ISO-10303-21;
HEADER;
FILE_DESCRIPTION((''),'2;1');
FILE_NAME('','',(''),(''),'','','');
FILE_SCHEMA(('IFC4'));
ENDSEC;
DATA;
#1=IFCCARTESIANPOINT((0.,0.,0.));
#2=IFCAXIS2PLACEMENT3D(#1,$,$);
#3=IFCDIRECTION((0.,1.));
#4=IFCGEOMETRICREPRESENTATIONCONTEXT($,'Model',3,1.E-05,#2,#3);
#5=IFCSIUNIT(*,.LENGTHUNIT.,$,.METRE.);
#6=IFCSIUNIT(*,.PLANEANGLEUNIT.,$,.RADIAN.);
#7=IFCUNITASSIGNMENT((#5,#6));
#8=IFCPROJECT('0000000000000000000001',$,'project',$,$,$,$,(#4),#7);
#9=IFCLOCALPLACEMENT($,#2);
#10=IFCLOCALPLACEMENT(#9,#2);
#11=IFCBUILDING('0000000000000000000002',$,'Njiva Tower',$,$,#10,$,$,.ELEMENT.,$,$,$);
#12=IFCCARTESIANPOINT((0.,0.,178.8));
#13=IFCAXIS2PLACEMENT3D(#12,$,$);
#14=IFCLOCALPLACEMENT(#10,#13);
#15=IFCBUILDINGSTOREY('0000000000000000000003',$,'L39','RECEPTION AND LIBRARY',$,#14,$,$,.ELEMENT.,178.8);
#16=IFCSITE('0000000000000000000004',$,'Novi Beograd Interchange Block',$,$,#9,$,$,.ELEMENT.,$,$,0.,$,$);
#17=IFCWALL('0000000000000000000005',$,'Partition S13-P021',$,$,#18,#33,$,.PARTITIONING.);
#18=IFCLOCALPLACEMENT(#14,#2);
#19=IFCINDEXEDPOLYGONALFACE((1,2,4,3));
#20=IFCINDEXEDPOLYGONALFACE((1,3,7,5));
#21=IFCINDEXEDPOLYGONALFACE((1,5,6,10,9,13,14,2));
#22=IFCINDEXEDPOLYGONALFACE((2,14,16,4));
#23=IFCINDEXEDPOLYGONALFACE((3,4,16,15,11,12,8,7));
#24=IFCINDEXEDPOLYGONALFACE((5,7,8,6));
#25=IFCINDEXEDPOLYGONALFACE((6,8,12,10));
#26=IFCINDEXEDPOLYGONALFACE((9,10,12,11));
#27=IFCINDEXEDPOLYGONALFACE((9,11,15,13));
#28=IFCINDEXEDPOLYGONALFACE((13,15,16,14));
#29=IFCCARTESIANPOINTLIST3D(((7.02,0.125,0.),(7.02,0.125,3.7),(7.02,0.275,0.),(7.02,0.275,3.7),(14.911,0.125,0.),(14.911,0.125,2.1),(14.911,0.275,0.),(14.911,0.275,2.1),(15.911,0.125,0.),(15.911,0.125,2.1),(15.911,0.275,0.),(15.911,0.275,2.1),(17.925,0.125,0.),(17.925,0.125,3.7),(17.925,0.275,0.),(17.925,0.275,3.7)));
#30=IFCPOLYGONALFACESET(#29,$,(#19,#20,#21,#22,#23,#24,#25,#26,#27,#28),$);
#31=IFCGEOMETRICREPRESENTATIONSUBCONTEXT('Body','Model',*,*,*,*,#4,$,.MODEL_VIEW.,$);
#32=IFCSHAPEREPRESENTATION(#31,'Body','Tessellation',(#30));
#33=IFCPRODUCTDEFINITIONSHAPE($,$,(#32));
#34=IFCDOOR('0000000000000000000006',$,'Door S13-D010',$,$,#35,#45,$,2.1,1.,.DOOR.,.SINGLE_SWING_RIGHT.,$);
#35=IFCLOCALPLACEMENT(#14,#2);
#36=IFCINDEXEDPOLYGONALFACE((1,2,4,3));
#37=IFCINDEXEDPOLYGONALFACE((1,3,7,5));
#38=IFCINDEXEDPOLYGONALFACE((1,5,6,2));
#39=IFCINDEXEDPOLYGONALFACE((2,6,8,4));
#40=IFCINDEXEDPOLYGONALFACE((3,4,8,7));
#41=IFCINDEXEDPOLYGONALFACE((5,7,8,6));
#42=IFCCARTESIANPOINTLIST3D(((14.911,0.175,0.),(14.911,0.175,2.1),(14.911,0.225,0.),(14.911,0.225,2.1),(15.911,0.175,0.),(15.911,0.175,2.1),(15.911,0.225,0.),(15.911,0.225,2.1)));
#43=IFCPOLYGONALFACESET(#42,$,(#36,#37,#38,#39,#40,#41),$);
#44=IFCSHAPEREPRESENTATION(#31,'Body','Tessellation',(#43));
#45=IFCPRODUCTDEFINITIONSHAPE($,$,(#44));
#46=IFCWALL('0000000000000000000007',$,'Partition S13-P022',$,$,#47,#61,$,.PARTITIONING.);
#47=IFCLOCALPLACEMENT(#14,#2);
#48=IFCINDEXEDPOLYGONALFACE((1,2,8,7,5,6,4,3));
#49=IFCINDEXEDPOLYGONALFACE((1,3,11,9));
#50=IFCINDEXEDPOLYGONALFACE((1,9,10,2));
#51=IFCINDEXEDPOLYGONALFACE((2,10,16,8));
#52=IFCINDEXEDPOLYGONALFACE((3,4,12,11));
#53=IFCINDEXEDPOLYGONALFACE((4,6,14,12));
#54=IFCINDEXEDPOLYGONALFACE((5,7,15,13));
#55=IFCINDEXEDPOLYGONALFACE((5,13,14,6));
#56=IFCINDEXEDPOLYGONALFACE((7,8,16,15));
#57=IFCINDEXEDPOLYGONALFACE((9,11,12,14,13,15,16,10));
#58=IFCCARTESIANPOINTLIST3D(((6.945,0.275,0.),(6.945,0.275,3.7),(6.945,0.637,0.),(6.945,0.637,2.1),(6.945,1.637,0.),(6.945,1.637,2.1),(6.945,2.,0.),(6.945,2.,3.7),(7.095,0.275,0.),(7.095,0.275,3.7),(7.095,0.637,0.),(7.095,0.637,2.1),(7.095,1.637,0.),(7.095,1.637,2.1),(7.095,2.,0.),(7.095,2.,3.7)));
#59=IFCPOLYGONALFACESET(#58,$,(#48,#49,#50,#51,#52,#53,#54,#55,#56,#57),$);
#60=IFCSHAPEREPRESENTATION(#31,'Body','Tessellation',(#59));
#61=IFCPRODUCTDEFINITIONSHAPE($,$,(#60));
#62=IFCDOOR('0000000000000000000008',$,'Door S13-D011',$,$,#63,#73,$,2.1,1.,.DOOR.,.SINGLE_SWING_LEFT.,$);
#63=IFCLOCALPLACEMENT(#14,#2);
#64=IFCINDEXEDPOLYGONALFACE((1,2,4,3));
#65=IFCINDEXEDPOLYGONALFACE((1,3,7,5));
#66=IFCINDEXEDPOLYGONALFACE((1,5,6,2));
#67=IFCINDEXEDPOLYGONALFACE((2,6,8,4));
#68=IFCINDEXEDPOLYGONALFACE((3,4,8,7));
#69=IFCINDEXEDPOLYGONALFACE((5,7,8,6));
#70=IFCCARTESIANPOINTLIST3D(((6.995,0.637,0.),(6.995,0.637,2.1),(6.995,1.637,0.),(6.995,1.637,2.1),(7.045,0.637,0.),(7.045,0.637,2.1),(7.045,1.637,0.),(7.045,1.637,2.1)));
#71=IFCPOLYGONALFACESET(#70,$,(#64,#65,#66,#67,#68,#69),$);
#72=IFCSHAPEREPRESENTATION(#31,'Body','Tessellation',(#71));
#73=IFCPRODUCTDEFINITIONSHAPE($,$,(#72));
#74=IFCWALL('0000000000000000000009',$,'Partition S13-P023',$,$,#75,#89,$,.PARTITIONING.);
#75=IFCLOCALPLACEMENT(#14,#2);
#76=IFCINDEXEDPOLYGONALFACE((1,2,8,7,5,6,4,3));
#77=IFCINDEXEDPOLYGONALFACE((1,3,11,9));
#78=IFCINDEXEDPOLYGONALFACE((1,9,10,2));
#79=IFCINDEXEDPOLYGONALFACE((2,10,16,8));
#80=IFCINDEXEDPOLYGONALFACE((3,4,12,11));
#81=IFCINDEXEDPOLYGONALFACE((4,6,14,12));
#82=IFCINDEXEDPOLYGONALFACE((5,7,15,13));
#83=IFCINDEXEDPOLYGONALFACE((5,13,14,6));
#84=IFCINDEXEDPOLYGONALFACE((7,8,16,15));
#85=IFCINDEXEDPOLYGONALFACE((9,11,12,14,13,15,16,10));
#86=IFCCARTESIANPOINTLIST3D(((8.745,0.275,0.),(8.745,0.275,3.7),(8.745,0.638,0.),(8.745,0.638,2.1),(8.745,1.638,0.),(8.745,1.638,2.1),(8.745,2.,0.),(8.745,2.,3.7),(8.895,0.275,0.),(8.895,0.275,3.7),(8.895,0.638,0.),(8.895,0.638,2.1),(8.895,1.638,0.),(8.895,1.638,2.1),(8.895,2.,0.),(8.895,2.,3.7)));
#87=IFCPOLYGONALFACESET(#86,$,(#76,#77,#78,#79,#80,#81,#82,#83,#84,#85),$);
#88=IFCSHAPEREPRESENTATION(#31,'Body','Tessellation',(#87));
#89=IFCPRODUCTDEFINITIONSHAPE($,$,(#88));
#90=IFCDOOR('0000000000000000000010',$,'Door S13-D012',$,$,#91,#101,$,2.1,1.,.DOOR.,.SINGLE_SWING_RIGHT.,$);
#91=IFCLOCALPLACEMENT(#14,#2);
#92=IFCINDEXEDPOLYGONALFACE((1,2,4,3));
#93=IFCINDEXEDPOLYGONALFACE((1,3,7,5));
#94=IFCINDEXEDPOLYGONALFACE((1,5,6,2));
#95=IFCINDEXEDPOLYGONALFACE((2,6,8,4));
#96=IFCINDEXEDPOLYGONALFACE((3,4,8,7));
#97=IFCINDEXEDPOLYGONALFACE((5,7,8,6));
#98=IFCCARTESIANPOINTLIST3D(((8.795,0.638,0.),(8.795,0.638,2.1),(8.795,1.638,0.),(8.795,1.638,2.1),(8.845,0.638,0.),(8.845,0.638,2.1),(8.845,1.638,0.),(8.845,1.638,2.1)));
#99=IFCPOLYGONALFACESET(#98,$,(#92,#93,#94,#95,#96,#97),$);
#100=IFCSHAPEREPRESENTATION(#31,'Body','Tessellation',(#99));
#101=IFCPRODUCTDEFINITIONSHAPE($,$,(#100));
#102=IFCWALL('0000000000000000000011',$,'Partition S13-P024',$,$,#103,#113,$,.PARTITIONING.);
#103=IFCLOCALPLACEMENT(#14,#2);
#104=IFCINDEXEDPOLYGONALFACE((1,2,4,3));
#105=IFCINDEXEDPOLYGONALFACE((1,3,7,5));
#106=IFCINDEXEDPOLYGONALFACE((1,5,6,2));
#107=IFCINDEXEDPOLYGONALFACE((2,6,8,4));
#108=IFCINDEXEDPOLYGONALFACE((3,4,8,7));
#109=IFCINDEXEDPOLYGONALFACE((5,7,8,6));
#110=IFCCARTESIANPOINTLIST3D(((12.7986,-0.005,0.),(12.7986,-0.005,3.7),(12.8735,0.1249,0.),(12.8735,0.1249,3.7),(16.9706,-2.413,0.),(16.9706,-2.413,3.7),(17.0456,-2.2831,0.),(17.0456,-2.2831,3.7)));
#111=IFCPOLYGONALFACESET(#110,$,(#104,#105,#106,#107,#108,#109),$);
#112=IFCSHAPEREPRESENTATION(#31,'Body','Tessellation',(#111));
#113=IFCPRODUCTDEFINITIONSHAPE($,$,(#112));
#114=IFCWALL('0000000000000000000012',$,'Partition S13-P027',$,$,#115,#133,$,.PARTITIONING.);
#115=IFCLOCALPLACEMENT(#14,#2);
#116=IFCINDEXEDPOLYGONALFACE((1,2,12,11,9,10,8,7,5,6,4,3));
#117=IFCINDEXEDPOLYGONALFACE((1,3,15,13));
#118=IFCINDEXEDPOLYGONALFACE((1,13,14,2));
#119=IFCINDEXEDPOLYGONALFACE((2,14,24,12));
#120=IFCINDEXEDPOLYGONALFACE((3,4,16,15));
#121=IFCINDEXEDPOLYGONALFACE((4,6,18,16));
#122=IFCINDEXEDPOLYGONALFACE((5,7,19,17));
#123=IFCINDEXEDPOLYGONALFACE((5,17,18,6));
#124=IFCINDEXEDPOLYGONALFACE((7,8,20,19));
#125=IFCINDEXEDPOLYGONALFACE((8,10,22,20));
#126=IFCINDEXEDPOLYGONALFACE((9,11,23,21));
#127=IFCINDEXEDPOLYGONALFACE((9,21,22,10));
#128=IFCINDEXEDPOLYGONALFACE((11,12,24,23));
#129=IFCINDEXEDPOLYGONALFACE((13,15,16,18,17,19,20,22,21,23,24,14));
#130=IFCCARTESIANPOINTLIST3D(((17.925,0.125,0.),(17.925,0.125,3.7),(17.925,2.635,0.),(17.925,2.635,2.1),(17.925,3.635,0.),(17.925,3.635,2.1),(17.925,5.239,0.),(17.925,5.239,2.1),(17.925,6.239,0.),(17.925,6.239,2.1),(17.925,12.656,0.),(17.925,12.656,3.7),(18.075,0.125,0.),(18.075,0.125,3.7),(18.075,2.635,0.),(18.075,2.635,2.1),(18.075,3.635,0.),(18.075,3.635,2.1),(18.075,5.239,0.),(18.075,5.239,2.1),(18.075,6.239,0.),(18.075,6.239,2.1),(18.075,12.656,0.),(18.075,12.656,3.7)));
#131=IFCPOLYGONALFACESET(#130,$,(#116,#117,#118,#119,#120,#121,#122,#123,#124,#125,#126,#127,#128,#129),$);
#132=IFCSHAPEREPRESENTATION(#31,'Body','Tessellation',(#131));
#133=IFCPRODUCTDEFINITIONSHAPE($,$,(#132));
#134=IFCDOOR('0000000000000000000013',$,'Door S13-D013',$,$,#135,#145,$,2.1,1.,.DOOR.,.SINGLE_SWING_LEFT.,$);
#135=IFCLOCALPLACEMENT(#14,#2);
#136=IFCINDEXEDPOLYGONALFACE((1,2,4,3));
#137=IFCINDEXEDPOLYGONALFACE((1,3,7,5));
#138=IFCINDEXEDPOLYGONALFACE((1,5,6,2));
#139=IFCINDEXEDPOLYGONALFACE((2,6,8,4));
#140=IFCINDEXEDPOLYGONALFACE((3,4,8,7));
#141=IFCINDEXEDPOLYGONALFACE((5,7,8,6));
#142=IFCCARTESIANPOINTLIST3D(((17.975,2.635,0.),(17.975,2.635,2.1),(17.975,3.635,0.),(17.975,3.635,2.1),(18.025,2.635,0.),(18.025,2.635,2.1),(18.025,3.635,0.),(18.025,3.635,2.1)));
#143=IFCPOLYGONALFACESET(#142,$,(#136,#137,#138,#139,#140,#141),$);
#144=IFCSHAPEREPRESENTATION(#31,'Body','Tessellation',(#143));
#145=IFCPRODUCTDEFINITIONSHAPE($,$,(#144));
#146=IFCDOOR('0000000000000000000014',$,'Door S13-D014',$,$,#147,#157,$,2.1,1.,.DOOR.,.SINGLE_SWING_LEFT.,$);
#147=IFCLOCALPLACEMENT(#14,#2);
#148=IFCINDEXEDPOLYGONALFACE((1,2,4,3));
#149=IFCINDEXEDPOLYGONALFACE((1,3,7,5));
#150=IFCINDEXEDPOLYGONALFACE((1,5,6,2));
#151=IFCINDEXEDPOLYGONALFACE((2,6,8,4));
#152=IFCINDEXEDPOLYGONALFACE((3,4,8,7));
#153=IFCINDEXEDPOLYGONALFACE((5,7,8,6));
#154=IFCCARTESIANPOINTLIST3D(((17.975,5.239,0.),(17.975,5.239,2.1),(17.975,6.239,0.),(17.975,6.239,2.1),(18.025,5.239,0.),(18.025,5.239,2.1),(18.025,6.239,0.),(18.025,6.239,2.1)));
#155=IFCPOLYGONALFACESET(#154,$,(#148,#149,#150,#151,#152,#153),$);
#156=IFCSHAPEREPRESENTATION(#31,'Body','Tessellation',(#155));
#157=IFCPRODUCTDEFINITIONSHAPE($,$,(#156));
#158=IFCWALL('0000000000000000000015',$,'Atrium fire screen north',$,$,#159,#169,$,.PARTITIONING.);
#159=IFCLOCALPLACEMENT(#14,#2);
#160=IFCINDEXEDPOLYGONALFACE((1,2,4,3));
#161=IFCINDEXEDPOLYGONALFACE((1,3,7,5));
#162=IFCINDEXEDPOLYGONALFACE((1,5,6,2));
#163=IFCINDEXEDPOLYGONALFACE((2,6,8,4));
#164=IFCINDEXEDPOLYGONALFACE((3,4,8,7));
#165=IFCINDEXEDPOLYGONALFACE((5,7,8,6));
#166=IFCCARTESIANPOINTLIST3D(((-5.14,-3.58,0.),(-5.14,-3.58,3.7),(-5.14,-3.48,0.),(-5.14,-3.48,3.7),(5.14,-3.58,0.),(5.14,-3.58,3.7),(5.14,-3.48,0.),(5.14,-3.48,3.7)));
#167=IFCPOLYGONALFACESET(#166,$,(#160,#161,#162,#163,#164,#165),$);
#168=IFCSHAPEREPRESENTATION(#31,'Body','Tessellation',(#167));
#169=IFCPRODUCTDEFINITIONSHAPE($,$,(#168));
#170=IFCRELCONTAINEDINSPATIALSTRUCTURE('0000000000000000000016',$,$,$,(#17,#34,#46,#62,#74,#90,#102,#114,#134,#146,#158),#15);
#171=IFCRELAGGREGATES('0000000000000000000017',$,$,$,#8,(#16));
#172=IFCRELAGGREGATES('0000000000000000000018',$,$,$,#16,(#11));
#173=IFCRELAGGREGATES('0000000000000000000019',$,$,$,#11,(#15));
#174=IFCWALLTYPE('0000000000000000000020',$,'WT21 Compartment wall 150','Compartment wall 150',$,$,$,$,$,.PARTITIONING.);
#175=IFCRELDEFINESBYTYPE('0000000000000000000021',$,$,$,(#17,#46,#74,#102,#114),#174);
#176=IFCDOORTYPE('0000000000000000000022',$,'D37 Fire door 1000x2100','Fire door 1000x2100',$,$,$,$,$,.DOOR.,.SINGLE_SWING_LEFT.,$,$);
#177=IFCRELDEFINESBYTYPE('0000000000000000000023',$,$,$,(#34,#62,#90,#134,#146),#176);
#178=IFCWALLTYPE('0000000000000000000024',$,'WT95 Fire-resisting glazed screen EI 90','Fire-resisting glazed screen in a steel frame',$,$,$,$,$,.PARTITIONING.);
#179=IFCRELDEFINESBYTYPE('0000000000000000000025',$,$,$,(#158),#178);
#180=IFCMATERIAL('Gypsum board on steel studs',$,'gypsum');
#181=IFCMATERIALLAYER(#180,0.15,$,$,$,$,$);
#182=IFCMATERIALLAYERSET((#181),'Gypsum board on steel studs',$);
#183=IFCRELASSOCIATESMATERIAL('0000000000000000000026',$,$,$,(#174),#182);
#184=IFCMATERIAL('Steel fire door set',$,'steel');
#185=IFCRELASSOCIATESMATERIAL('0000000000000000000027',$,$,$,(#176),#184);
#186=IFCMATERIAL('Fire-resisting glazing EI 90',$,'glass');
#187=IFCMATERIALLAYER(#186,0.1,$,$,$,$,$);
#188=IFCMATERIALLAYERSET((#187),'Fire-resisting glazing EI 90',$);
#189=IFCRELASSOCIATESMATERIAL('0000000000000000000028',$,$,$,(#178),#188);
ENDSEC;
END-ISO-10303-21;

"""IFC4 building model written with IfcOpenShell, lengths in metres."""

from ifc_helpers import new_model, si_unit, direction, frame, frame_2d, origin, place, context, subcontext, project, spatial, rectangle, extrude, material, layer, layer_set, type_object, element, fill, save


model = new_model("IFC4")

# Units and contexts
model_context = context("Model", 3, precision=1e-05, world=origin(), true_north=direction((0.0, 1.0)))
body_context = subcontext(model_context, "Body", "Model", "MODEL_VIEW")
ifc_project = project(units=[si_unit("LENGTHUNIT", "METRE"), si_unit("PLANEANGLEUNIT", "RADIAN")], contexts=[model_context])

# Site, building, storey
site_placement = place(None, origin())
site = spatial("IfcSite", under=ifc_project, at=site_placement, Name="Novi Beograd Interchange Block", CompositionType="ELEMENT", RefElevation=0.0)
building_placement = place(site_placement, origin())
building = spatial("IfcBuilding", under=site, at=building_placement, Name="Njiva Tower", CompositionType="ELEMENT")
storey_placement = place(building_placement, frame((0.0, 0.0, 178.8)))
storey = spatial("IfcBuildingStorey", under=building, at=storey_placement, Name="L39", Description="RECEPTION AND LIBRARY", CompositionType="ELEMENT", Elevation=178.8)

# Shared definitions
ifc_material_1 = material(Name="Gypsum board on steel studs", Category="gypsum")
ifc_layer_1 = layer(ifc_material_1, 0.15)
ifc_layer_set_1 = layer_set([ifc_layer_1], Name="Gypsum board on steel studs")
wall_type_1 = type_object("IfcWallType", Name="WT21 Compartment wall 150", Description="Compartment wall 150", PredefinedType="PARTITIONING", material=ifc_layer_set_1)

# Walls, openings, doors
wall_1_placement = place(storey_placement, frame((7.02, 0.2, 0.0), z_axis=(0.0, 0.0, 1.0), x_axis=(1.0, 0.0, 0.0)))
wall_1 = element("IfcWall", 1, at=wall_1_placement, inside=storey, type_object=wall_type_1, Name="Partition S13-P021", PredefinedType="PARTITIONING", context=body_context, shape_type="SweptSolid", body=[
    extrude(rectangle(XDim=10.905, YDim=0.15, at=frame_2d((5.4525, 0.0))), origin(), (0.0, 0.0, 1.0), 3.7),
])
opening_1_placement = place(wall_1_placement, frame((7.891, 0.0, 0.0)))
opening_1 = element("IfcOpeningElement", 2, at=opening_1_placement, cuts=wall_1, PredefinedType="OPENING", context=body_context, shape_type="SweptSolid", body=[
    extrude(rectangle(XDim=1.0, YDim=2.1, at=frame_2d((0.5, 1.05))), frame((0.0, 0.085, 0.0), z_axis=(0.0, -1.0, 0.0), x_axis=(1.0, 0.0, 0.0)), (0.0, 0.0, 1.0), 0.17),
])
ifc_material_2 = material(Name="Steel fire door set", Category="steel")
door_type = type_object("IfcDoorType", Name="D37 Fire door 1000x2100", Description="Fire door 1000x2100", OperationType="SINGLE_SWING_LEFT", PredefinedType="DOOR", material=ifc_material_2)
door_1_placement = place(opening_1_placement, origin())
door_1 = element("IfcDoor", 3, at=door_1_placement, inside=storey, type_object=door_type, Name="Door S13-D010", OperationType="SINGLE_SWING_RIGHT", OverallHeight=2.1, OverallWidth=1.0, PredefinedType="DOOR", context=body_context, shape_type="SweptSolid", body=[
    extrude(rectangle(XDim=1.0, YDim=2.1, at=frame_2d((0.5, 1.05))), frame((0.0, 0.025, 0.0), z_axis=(0.0, -1.0, 0.0), x_axis=(1.0, 0.0, 0.0)), (0.0, 0.0, 1.0), 0.05),
])
fill(opening_1, door_1)
wall_2_placement = place(storey_placement, frame((7.02, 0.275, 0.0), z_axis=(0.0, 0.0, 1.0), x_axis=(0.0, 1.0, 0.0)))
wall_2 = element("IfcWall", 4, at=wall_2_placement, inside=storey, type_object=wall_type_1, Name="Partition S13-P022", PredefinedType="PARTITIONING", context=body_context, shape_type="SweptSolid", body=[
    extrude(rectangle(XDim=1.725, YDim=0.15, at=frame_2d((0.8625, 0.0))), origin(), (0.0, 0.0, 1.0), 3.7),
])
opening_2_placement = place(wall_2_placement, frame((0.362, 0.0, 0.0)))
opening_2 = element("IfcOpeningElement", 5, at=opening_2_placement, cuts=wall_2, PredefinedType="OPENING", context=body_context, shape_type="SweptSolid", body=[
    extrude(rectangle(XDim=1.0, YDim=2.1, at=frame_2d((0.5, 1.05))), frame((0.0, 0.085, 0.0), z_axis=(0.0, -1.0, 0.0), x_axis=(1.0, 0.0, 0.0)), (0.0, 0.0, 1.0), 0.17),
])
door_2_placement = place(opening_2_placement, origin())
door_2 = element("IfcDoor", 6, at=door_2_placement, inside=storey, type_object=door_type, Name="Door S13-D011", OperationType="SINGLE_SWING_LEFT", OverallHeight=2.1, OverallWidth=1.0, PredefinedType="DOOR", context=body_context, shape_type="SweptSolid", body=[
    extrude(rectangle(XDim=1.0, YDim=2.1, at=frame_2d((0.5, 1.05))), frame((0.0, 0.025, 0.0), z_axis=(0.0, -1.0, 0.0), x_axis=(1.0, 0.0, 0.0)), (0.0, 0.0, 1.0), 0.05),
])
fill(opening_2, door_2)
wall_3_placement = place(storey_placement, frame((8.82, 0.275, 0.0), z_axis=(0.0, 0.0, 1.0), x_axis=(0.0, 1.0, 0.0)))
wall_3 = element("IfcWall", 7, at=wall_3_placement, inside=storey, type_object=wall_type_1, Name="Partition S13-P023", PredefinedType="PARTITIONING", context=body_context, shape_type="SweptSolid", body=[
    extrude(rectangle(XDim=1.725, YDim=0.15, at=frame_2d((0.8625, 0.0))), origin(), (0.0, 0.0, 1.0), 3.7),
])
opening_3_placement = place(wall_3_placement, frame((0.363, 0.0, 0.0)))
opening_3 = element("IfcOpeningElement", 8, at=opening_3_placement, cuts=wall_3, PredefinedType="OPENING", context=body_context, shape_type="SweptSolid", body=[
    extrude(rectangle(XDim=1.0, YDim=2.1, at=frame_2d((0.5, 1.05))), frame((0.0, 0.085, 0.0), z_axis=(0.0, -1.0, 0.0), x_axis=(1.0, 0.0, 0.0)), (0.0, 0.0, 1.0), 0.17),
])
door_3_placement = place(opening_3_placement, origin())
door_3 = element("IfcDoor", 9, at=door_3_placement, inside=storey, type_object=door_type, Name="Door S13-D012", OperationType="SINGLE_SWING_RIGHT", OverallHeight=2.1, OverallWidth=1.0, PredefinedType="DOOR", context=body_context, shape_type="SweptSolid", body=[
    extrude(rectangle(XDim=1.0, YDim=2.1, at=frame_2d((0.5, 1.05))), frame((0.0, 0.025, 0.0), z_axis=(0.0, -1.0, 0.0), x_axis=(1.0, 0.0, 0.0)), (0.0, 0.0, 1.0), 0.05),
])
fill(opening_3, door_3)

# Wall
wall_4_placement = place(storey_placement, frame((12.836, 0.06, 0.0), z_axis=(0.0, 0.0, 1.0), x_axis=(0.866089, -0.49989, 0.0)))
element("IfcWall", 10, at=wall_4_placement, inside=storey, type_object=wall_type_1, Name="Partition S13-P024", PredefinedType="PARTITIONING", context=body_context, shape_type="SweptSolid", body=[
    extrude(rectangle(XDim=4.8171, YDim=0.15, at=frame_2d((2.4086, 0.0))), origin(), (0.0, 0.0, 1.0), 3.7),
])

# Wall, openings, doors
wall_5_placement = place(storey_placement, frame((18.0, 0.125, 0.0), z_axis=(0.0, 0.0, 1.0), x_axis=(0.0, 1.0, 0.0)))
wall_5 = element("IfcWall", 11, at=wall_5_placement, inside=storey, type_object=wall_type_1, Name="Partition S13-P027", PredefinedType="PARTITIONING", context=body_context, shape_type="SweptSolid", body=[
    extrude(rectangle(XDim=12.531, YDim=0.15, at=frame_2d((6.2655, 0.0))), origin(), (0.0, 0.0, 1.0), 3.7),
])
opening_4_placement = place(wall_5_placement, frame((2.51, 0.0, 0.0)))
opening_4 = element("IfcOpeningElement", 12, at=opening_4_placement, cuts=wall_5, PredefinedType="OPENING", context=body_context, shape_type="SweptSolid", body=[
    extrude(rectangle(XDim=1.0, YDim=2.1, at=frame_2d((0.5, 1.05))), frame((0.0, 0.085, 0.0), z_axis=(0.0, -1.0, 0.0), x_axis=(1.0, 0.0, 0.0)), (0.0, 0.0, 1.0), 0.17),
])
opening_5_placement = place(wall_5_placement, frame((5.114, 0.0, 0.0)))
opening_5 = element("IfcOpeningElement", 13, at=opening_5_placement, cuts=wall_5, PredefinedType="OPENING", context=body_context, shape_type="SweptSolid", body=[
    extrude(rectangle(XDim=1.0, YDim=2.1, at=frame_2d((0.5, 1.05))), frame((0.0, 0.085, 0.0), z_axis=(0.0, -1.0, 0.0), x_axis=(1.0, 0.0, 0.0)), (0.0, 0.0, 1.0), 0.17),
])
door_4_placement = place(opening_4_placement, origin())
door_4 = element("IfcDoor", 14, at=door_4_placement, inside=storey, type_object=door_type, Name="Door S13-D013", OperationType="SINGLE_SWING_LEFT", OverallHeight=2.1, OverallWidth=1.0, PredefinedType="DOOR", context=body_context, shape_type="SweptSolid", body=[
    extrude(rectangle(XDim=1.0, YDim=2.1, at=frame_2d((0.5, 1.05))), frame((0.0, 0.025, 0.0), z_axis=(0.0, -1.0, 0.0), x_axis=(1.0, 0.0, 0.0)), (0.0, 0.0, 1.0), 0.05),
])
fill(opening_4, door_4)
door_5_placement = place(opening_5_placement, origin())
door_5 = element("IfcDoor", 15, at=door_5_placement, inside=storey, type_object=door_type, Name="Door S13-D014", OperationType="SINGLE_SWING_LEFT", OverallHeight=2.1, OverallWidth=1.0, PredefinedType="DOOR", context=body_context, shape_type="SweptSolid", body=[
    extrude(rectangle(XDim=1.0, YDim=2.1, at=frame_2d((0.5, 1.05))), frame((0.0, 0.025, 0.0), z_axis=(0.0, -1.0, 0.0), x_axis=(1.0, 0.0, 0.0)), (0.0, 0.0, 1.0), 0.05),
])
fill(opening_5, door_5)

# Wall
ifc_material_3 = material(Name="Fire-resisting glazing EI 90", Category="glass")
ifc_layer_2 = layer(ifc_material_3, 0.1)
ifc_layer_set_2 = layer_set([ifc_layer_2], Name="Fire-resisting glazing EI 90")
wall_type_2 = type_object("IfcWallType", Name="WT95 Fire-resisting glazed screen EI 90", Description="Fire-resisting glazed screen in a steel frame", PredefinedType="PARTITIONING", material=ifc_layer_set_2)
wall_6_placement = place(storey_placement, frame((5.14, -3.53, 0.0), z_axis=(0.0, 0.0, 1.0), x_axis=(-1.0, 0.0, 0.0)))
element("IfcWall", 16, at=wall_6_placement, inside=storey, type_object=wall_type_2, Name="Atrium fire screen north", PredefinedType="PARTITIONING", context=body_context, shape_type="SweptSolid", body=[
    extrude(rectangle(XDim=10.28, YDim=0.1, at=frame_2d((5.14, 0.0))), origin(), (0.0, 0.0, 1.0), 3.7),
])

save(model, "model.ifc")
